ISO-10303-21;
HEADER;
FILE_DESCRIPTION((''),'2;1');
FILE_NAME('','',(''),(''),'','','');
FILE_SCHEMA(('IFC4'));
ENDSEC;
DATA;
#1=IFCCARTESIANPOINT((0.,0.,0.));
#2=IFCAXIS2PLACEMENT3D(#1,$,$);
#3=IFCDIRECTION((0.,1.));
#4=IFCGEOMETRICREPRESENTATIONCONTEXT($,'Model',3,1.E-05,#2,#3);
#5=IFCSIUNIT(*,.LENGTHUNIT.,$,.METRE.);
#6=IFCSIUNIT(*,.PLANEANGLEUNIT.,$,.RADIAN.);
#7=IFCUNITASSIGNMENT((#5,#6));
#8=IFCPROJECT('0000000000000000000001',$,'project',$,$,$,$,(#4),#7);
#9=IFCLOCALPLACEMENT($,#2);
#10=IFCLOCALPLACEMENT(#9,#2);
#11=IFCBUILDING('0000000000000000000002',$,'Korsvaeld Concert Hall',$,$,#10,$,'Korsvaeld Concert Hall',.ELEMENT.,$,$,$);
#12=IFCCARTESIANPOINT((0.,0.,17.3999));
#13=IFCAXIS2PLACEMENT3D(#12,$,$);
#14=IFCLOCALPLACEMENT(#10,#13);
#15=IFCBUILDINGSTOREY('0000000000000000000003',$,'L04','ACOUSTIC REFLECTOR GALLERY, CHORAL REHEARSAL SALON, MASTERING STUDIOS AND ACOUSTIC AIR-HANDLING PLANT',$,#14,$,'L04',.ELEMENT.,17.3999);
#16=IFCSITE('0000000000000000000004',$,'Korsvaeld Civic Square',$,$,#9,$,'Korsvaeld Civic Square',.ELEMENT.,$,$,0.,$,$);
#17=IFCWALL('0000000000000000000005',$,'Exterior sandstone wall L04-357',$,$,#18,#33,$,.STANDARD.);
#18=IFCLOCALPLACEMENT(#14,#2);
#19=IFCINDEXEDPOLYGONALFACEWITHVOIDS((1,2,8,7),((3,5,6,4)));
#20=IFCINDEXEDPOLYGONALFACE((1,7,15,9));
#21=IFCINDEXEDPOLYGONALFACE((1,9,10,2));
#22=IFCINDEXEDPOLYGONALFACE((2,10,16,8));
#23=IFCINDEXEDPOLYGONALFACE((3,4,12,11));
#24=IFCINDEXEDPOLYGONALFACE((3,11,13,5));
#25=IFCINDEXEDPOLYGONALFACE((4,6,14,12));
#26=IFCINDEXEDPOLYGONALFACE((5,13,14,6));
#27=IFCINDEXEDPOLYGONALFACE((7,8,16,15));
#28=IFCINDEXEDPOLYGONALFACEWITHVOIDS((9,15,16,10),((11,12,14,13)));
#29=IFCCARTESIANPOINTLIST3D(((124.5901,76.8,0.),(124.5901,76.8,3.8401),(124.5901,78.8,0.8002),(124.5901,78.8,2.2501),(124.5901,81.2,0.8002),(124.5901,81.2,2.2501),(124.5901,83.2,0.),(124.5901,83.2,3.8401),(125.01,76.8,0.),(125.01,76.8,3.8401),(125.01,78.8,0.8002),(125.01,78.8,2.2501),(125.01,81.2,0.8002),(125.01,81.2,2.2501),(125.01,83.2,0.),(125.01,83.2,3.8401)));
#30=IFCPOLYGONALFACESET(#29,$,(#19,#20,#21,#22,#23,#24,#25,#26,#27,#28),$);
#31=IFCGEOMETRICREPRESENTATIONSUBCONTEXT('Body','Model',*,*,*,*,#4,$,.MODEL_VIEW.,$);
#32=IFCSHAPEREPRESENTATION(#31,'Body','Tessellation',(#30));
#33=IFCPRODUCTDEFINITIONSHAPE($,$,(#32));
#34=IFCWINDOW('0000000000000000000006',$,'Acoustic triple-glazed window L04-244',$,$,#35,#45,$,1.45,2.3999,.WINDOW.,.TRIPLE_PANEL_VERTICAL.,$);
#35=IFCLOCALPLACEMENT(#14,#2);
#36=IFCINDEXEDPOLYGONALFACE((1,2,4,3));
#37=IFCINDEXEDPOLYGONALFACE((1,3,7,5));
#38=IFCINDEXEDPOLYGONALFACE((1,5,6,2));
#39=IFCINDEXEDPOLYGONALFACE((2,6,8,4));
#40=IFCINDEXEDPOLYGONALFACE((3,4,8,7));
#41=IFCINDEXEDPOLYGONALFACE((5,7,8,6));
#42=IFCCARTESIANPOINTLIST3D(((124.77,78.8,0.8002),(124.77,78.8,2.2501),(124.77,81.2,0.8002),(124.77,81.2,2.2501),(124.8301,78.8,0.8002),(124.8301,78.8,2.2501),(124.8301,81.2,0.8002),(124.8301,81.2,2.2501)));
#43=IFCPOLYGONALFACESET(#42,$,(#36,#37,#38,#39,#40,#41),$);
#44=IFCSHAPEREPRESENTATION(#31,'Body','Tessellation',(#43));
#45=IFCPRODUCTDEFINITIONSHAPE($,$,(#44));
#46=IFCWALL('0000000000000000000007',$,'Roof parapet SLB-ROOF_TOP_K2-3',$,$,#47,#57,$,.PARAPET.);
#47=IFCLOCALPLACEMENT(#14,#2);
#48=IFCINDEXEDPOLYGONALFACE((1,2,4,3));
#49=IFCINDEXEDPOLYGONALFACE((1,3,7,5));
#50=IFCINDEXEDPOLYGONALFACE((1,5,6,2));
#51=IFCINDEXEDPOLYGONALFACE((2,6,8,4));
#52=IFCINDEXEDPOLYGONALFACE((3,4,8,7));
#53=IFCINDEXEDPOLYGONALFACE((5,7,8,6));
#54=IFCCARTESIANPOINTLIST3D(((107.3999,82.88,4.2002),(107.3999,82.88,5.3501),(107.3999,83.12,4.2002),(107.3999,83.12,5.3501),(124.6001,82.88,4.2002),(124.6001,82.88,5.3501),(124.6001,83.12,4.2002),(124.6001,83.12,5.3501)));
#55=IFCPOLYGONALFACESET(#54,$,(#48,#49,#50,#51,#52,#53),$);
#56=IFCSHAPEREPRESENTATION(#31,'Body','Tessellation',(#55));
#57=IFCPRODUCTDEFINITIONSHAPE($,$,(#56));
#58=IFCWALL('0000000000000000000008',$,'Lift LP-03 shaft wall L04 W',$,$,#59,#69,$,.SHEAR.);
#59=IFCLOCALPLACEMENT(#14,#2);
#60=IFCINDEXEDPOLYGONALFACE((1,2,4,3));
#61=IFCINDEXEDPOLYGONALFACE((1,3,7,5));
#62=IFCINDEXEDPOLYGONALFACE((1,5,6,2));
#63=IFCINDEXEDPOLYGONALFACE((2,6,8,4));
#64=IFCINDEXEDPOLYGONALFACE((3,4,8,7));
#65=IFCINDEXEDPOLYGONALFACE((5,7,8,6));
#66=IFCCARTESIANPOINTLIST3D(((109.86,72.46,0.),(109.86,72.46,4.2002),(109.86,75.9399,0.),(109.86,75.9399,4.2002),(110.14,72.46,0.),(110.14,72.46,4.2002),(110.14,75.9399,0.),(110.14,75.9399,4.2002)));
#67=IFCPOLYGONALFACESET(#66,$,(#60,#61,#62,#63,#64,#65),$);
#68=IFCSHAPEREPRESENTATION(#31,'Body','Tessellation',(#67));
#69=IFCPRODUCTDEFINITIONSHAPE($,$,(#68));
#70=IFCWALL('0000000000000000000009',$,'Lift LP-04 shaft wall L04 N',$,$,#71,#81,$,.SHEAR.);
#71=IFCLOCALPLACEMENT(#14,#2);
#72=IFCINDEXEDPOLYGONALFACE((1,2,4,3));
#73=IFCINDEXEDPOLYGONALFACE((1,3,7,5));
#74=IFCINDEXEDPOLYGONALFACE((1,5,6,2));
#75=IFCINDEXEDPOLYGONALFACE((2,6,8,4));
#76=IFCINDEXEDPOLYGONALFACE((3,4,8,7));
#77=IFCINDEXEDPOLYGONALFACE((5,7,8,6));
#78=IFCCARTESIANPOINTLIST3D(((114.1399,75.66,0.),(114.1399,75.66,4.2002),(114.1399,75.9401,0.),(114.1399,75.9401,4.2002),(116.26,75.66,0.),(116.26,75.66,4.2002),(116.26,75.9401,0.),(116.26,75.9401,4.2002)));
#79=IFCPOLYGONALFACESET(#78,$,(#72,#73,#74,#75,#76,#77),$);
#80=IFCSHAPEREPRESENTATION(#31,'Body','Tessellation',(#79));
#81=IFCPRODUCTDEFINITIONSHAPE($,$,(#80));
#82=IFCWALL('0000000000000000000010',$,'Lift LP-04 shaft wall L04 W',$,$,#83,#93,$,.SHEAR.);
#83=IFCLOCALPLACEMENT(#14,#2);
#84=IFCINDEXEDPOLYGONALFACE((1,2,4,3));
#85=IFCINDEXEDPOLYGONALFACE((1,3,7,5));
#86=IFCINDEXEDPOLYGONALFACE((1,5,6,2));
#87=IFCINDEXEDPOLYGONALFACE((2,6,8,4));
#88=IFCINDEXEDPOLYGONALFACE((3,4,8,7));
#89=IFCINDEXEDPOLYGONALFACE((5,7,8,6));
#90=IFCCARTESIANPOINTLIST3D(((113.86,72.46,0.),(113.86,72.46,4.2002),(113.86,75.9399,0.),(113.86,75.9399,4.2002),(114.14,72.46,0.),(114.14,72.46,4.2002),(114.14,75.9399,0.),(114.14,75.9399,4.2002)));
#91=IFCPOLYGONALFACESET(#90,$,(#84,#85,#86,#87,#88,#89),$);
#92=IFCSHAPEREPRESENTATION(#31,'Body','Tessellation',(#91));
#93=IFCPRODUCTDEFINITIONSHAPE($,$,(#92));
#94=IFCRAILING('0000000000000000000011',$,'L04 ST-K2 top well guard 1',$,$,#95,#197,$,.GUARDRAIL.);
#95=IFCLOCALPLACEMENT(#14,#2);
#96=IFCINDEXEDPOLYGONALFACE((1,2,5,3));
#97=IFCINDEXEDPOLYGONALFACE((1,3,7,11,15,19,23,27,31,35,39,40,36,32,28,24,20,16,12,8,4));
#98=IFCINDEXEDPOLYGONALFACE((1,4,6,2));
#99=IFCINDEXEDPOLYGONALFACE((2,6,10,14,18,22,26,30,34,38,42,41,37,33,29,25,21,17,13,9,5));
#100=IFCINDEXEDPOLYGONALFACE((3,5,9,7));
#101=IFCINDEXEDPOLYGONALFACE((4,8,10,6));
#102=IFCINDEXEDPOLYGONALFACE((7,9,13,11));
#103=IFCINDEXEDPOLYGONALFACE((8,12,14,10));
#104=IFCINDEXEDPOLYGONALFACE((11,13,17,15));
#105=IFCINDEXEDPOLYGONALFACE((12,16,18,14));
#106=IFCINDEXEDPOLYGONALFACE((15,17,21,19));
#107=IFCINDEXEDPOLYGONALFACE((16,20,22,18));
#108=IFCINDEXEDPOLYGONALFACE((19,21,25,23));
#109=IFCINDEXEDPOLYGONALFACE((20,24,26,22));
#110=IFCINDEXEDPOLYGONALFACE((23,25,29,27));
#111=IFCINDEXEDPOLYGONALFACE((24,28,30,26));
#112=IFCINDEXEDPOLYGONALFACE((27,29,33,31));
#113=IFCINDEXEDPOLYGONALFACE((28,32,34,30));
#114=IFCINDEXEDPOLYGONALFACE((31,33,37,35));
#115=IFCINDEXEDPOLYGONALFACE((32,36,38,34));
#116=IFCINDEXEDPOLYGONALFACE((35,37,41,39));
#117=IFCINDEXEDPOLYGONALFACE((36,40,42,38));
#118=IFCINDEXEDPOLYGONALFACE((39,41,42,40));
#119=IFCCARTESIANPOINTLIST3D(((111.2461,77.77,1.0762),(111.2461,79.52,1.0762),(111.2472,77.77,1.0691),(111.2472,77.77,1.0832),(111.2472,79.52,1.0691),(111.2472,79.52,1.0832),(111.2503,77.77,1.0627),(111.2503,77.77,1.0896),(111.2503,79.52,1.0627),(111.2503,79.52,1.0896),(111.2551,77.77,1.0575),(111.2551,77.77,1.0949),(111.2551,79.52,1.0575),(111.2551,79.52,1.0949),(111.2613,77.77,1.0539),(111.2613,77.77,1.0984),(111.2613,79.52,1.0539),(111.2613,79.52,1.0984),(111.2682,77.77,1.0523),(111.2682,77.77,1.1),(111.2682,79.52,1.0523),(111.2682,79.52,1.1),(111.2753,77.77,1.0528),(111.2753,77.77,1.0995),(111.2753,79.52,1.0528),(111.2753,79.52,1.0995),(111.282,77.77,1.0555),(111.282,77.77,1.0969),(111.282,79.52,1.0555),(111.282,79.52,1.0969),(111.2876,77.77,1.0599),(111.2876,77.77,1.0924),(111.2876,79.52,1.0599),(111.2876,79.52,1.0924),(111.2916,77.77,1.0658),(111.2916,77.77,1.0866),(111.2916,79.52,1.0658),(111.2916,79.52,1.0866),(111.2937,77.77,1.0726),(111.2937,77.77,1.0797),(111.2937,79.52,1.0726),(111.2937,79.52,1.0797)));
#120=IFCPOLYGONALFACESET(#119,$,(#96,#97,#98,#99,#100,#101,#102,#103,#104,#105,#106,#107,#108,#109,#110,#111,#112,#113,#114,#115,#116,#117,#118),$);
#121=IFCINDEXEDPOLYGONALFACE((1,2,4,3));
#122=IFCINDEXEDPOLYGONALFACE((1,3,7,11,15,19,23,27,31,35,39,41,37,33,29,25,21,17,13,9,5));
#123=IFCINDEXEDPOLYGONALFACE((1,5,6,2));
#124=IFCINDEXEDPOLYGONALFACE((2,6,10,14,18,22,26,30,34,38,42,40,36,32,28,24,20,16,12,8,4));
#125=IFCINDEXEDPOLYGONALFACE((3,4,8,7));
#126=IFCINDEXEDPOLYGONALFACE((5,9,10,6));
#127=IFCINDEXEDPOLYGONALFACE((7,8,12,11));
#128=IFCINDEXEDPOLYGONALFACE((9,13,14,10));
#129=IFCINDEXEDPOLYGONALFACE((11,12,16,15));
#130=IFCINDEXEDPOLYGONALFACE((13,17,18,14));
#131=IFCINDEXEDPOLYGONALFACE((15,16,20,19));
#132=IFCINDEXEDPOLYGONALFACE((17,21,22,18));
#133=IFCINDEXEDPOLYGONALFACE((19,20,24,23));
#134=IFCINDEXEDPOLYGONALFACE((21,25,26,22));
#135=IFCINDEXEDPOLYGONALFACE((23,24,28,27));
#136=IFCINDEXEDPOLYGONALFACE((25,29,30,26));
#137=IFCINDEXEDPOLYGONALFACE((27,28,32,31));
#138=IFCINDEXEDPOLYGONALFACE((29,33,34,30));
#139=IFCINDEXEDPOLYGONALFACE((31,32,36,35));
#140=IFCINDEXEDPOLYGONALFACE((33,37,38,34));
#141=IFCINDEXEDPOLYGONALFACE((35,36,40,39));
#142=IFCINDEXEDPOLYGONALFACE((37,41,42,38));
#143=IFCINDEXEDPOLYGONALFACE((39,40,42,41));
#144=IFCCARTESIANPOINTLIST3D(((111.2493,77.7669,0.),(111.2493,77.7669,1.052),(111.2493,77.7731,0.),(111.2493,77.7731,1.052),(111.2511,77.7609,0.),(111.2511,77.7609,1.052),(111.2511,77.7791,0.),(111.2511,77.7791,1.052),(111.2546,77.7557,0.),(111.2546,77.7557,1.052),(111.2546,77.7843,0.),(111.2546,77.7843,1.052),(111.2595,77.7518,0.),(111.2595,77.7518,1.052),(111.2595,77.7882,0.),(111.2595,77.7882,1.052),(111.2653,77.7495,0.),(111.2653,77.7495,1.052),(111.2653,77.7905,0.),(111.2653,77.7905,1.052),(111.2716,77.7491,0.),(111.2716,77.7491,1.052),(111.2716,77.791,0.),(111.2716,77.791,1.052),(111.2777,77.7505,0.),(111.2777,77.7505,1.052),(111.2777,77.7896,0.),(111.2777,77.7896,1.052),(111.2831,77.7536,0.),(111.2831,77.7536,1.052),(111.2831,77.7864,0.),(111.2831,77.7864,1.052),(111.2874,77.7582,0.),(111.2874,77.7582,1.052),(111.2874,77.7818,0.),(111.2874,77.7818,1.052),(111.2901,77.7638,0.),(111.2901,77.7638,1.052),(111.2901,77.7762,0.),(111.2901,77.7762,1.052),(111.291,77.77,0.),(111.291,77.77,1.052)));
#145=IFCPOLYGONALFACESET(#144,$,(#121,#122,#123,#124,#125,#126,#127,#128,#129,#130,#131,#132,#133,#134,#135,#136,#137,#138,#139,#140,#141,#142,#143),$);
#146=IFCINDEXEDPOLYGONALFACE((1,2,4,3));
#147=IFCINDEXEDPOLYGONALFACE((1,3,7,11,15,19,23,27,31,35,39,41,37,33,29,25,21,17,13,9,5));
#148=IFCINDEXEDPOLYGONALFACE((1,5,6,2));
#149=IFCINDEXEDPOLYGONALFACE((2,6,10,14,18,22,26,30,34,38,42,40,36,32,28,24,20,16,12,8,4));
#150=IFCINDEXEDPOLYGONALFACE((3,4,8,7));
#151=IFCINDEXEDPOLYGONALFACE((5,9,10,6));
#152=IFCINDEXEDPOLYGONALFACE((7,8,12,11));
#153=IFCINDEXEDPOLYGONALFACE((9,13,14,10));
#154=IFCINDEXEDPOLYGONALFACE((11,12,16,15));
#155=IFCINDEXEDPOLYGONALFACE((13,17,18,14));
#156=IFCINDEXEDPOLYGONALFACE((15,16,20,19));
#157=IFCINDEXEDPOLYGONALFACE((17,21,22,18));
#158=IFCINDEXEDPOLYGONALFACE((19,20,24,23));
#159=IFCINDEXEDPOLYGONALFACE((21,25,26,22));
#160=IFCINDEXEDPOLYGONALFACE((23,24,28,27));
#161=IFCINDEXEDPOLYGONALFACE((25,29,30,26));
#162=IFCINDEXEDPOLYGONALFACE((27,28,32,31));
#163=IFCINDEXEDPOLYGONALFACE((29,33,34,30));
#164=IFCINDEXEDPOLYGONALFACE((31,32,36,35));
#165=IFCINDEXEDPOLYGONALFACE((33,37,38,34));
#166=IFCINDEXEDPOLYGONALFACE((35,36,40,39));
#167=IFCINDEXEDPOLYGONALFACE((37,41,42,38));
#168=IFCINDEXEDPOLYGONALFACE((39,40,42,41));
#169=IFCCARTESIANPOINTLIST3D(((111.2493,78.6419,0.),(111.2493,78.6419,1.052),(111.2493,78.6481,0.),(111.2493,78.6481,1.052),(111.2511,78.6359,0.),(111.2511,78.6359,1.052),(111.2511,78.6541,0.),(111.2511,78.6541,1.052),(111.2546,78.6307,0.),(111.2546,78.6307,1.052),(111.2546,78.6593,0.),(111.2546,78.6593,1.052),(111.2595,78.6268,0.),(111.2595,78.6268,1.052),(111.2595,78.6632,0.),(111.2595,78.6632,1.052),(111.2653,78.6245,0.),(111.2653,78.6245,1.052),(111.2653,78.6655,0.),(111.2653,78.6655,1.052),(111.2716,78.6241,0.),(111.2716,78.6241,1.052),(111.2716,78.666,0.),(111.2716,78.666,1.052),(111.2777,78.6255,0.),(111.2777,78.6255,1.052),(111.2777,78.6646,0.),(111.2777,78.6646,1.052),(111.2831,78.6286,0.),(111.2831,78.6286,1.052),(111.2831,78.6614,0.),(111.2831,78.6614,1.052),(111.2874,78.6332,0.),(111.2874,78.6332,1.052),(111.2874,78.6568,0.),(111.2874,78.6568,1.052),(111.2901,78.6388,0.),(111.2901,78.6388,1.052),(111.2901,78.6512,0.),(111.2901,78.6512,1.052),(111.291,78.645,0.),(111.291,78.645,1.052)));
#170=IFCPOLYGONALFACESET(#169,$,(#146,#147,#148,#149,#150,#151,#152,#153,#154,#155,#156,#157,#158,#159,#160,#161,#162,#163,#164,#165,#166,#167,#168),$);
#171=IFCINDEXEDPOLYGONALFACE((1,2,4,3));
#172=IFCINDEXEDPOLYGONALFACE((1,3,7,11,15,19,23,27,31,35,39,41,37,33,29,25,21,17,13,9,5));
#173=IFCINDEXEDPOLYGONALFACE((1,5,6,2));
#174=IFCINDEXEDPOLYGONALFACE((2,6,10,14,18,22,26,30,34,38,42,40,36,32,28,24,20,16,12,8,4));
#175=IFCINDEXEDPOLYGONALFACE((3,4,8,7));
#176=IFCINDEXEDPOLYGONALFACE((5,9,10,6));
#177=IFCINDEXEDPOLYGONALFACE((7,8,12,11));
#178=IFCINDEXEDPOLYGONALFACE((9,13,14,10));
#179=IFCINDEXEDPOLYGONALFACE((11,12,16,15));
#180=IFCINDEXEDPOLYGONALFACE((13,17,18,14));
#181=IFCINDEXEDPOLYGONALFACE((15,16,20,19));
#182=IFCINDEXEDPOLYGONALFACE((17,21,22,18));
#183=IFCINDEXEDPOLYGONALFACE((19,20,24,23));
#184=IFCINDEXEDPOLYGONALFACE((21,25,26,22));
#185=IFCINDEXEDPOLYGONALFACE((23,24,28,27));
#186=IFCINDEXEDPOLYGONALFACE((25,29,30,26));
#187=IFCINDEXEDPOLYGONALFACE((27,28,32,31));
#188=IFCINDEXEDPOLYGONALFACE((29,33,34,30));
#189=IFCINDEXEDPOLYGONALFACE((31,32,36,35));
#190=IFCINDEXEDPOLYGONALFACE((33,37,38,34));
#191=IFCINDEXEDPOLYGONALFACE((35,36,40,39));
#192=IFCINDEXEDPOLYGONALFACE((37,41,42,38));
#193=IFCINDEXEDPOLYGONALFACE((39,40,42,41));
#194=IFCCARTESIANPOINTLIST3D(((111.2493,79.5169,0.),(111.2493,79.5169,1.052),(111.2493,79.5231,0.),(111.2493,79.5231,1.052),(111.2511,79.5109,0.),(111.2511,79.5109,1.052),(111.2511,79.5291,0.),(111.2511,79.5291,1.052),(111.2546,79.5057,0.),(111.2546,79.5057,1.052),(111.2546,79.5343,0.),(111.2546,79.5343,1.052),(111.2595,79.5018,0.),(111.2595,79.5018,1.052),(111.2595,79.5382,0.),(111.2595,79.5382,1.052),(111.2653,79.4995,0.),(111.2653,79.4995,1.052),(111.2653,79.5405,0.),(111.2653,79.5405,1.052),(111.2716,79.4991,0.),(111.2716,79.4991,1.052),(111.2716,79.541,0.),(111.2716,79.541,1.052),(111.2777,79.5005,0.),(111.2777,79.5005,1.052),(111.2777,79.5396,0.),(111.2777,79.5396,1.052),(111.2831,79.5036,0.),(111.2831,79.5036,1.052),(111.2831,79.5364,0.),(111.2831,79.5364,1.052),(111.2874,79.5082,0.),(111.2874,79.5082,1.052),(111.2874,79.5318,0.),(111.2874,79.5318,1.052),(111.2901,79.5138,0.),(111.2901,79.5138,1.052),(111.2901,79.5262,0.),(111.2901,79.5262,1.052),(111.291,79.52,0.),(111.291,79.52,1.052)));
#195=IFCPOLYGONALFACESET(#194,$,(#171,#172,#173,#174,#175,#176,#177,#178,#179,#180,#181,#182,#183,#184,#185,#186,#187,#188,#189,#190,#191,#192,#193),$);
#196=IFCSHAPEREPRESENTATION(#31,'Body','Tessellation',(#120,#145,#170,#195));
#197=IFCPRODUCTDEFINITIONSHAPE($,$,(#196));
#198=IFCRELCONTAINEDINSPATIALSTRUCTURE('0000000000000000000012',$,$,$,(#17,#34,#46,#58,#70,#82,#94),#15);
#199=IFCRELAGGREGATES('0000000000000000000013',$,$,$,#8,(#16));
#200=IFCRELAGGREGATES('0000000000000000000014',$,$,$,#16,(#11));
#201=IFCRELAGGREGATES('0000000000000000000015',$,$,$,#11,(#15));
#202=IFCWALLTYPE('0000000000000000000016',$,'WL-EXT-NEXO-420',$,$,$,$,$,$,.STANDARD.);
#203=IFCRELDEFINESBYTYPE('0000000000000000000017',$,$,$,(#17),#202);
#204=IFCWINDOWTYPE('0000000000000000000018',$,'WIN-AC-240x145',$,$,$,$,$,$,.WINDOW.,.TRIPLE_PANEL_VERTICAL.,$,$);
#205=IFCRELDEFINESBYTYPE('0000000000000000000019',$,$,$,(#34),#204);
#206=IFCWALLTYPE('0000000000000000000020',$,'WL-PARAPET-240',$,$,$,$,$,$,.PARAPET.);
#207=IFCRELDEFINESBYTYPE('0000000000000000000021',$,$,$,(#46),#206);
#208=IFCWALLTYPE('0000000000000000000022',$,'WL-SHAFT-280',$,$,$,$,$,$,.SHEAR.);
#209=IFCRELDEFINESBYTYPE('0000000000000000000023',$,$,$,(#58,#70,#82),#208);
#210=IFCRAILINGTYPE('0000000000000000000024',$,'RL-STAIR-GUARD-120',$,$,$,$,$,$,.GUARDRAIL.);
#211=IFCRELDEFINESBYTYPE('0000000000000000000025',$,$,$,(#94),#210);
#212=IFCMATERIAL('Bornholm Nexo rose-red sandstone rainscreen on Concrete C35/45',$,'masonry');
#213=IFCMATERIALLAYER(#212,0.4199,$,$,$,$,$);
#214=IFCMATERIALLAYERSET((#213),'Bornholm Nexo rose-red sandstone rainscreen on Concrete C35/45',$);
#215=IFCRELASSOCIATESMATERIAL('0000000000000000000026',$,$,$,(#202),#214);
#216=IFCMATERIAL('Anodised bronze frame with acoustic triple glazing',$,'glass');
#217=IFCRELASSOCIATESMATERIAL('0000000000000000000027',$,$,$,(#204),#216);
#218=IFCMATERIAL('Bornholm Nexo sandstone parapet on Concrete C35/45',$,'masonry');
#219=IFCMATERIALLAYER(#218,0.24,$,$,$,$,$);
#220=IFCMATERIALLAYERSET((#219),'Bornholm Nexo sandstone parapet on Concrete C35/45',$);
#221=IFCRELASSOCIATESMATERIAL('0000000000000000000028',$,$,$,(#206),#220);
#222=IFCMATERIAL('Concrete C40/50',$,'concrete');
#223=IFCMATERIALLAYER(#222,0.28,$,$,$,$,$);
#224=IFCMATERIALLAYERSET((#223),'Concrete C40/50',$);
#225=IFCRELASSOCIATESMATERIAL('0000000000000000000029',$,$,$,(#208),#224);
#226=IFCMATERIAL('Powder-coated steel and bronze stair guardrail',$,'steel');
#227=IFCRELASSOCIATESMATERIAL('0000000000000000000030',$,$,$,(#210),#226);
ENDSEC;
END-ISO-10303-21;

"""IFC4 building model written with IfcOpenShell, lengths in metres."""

from ifc_helpers import new_model, si_unit, direction, frame, frame_2d, origin, origin_2d, place, context, subcontext, project, spatial, rectangle, circle, extrude, material, layer, layer_set, type_object, element, fill, save


model = new_model("IFC4")

# Units and contexts
model_context = context("Model", 3, precision=1e-05, world=origin(), true_north=direction((0.0, 1.0)))
body_context = subcontext(model_context, "Body", "Model", "MODEL_VIEW")
ifc_project = project(units=[si_unit("LENGTHUNIT", "METRE"), si_unit("PLANEANGLEUNIT", "RADIAN")], contexts=[model_context])

# Site, building, storey
site_placement = place(None, origin())
site = spatial("IfcSite", under=ifc_project, at=site_placement, Name="Korsvaeld Civic Square", LongName="Korsvaeld Civic Square", CompositionType="ELEMENT", RefElevation=0.0)
building_placement = place(site_placement, origin())
building = spatial("IfcBuilding", under=site, at=building_placement, Name="Korsvaeld Concert Hall", LongName="Korsvaeld Concert Hall", CompositionType="ELEMENT")
storey_placement = place(building_placement, frame((0.0, 0.0, 17.3999)))
storey = spatial("IfcBuildingStorey", under=building, at=storey_placement, Name="L04", Description="ACOUSTIC REFLECTOR GALLERY, CHORAL REHEARSAL SALON, MASTERING STUDIOS AND ACOUSTIC AIR-HANDLING PLANT", LongName="L04", CompositionType="ELEMENT", Elevation=17.3999)

# Shared definitions
ifc_material_1 = material(Name="Concrete C40/50", Category="concrete")

# Wall, opening, window
ifc_material_2 = material(Name="Anodised bronze frame with acoustic triple glazing", Category="glass")
ifc_material_3 = material(Name="Bornholm Nexo rose-red sandstone rainscreen on Concrete C35/45", Category="masonry")
ifc_layer_1 = layer(ifc_material_3, 0.4199)
ifc_layer_set_1 = layer_set([ifc_layer_1], Name="Bornholm Nexo rose-red sandstone rainscreen on Concrete C35/45")
wall_type_1 = type_object("IfcWallType", Name="WL-EXT-NEXO-420", PredefinedType="STANDARD", material=ifc_layer_set_1)
wall_1_placement = place(storey_placement, frame((124.8, 83.2, 0.0), z_axis=(0.0, 0.0, 1.0), x_axis=(0.0, -1.0, 0.0)))
wall_1 = element("IfcWall", 1, at=wall_1_placement, inside=storey, type_object=wall_type_1, Name="Exterior sandstone wall L04-357", PredefinedType="STANDARD", context=body_context, shape_type="SweptSolid", body=[
    extrude(rectangle(XDim=6.3999, YDim=0.4199, at=frame_2d((3.2, 0.0))), origin(), (0.0, 0.0, 1.0), 3.8401),
])
opening_1_placement = place(wall_1_placement, frame((2.0, 0.0, 0.8)))
opening_1 = element("IfcOpeningElement", 2, at=opening_1_placement, cuts=wall_1, PredefinedType="OPENING", context=body_context, shape_type="SweptSolid", body=[
    extrude(rectangle(XDim=2.3999, YDim=1.45, at=frame_2d((1.2, 0.7251))), frame((0.0, 0.22, 0.0), z_axis=(0.0, -1.0, 0.0), x_axis=(1.0, 0.0, 0.0)), (0.0, 0.0, 1.0), 0.4399),
])
window_type_1 = type_object("IfcWindowType", Name="WIN-AC-240x145", PartitioningType="TRIPLE_PANEL_VERTICAL", PredefinedType="WINDOW", material=ifc_material_2)
window_1_placement = place(opening_1_placement, origin())
window_1 = element("IfcWindow", 3, at=window_1_placement, inside=storey, type_object=window_type_1, Name="Acoustic triple-glazed window L04-244", OverallHeight=1.45, OverallWidth=2.3999, PartitioningType="TRIPLE_PANEL_VERTICAL", PredefinedType="WINDOW", context=body_context, shape_type="SweptSolid", body=[
    extrude(rectangle(XDim=2.3999, YDim=1.45, at=frame_2d((1.2, 0.7251))), frame((0.0, 0.03, 0.0), z_axis=(0.0, -1.0, 0.0), x_axis=(1.0, 0.0, 0.0)), (0.0, 0.0, 1.0), 0.0601),
])
fill(opening_1, window_1)

# Walls
ifc_material_4 = material(Name="Bornholm Nexo sandstone parapet on Concrete C35/45", Category="masonry")
ifc_layer_2 = layer(ifc_material_4, 0.24)
ifc_layer_set_2 = layer_set([ifc_layer_2], Name="Bornholm Nexo sandstone parapet on Concrete C35/45")
wall_type_2 = type_object("IfcWallType", Name="WL-PARAPET-240", PredefinedType="PARAPET", material=ifc_layer_set_2)
wall_2_placement = place(storey_placement, frame((124.6001, 83.0, 4.2002), z_axis=(0.0, 0.0, 1.0), x_axis=(-1.0, 0.0, 0.0)))
element("IfcWall", 4, at=wall_2_placement, inside=storey, type_object=wall_type_2, Name="Roof parapet SLB-ROOF_TOP_K2-3", PredefinedType="PARAPET", context=body_context, shape_type="SweptSolid", body=[
    extrude(rectangle(XDim=17.2002, YDim=0.24, at=frame_2d((8.6001, 0.0))), origin(), (0.0, 0.0, 1.0), 1.1499),
])
ifc_layer_3 = layer(ifc_material_1, 0.28)
ifc_layer_set_3 = layer_set([ifc_layer_3], Name="Concrete C40/50")
wall_type_3 = type_object("IfcWallType", Name="WL-SHAFT-280", PredefinedType="SHEAR", material=ifc_layer_set_3)
wall_3_placement = place(storey_placement, frame((110.0, 75.9399, 0.0), z_axis=(0.0, 0.0, 1.0), x_axis=(0.0, -1.0, 0.0)))
element("IfcWall", 5, at=wall_3_placement, inside=storey, type_object=wall_type_3, Name="Lift LP-03 shaft wall L04 W", PredefinedType="SHEAR", context=body_context, shape_type="SweptSolid", body=[
    extrude(rectangle(XDim=3.48, YDim=0.28, at=frame_2d((1.74, 0.0))), origin(), (0.0, 0.0, 1.0), 4.2002),
])
wall_4_placement = place(storey_placement, frame((116.26, 75.8, 0.0), z_axis=(0.0, 0.0, 1.0), x_axis=(-1.0, 0.0, 0.0)))
element("IfcWall", 6, at=wall_4_placement, inside=storey, type_object=wall_type_3, Name="Lift LP-04 shaft wall L04 N", PredefinedType="SHEAR", context=body_context, shape_type="SweptSolid", body=[
    extrude(rectangle(XDim=2.1201, YDim=0.28, at=frame_2d((1.0601, 0.0))), origin(), (0.0, 0.0, 1.0), 4.2002),
])
wall_5_placement = place(storey_placement, frame((114.0, 75.9399, 0.0), z_axis=(0.0, 0.0, 1.0), x_axis=(0.0, -1.0, 0.0)))
element("IfcWall", 7, at=wall_5_placement, inside=storey, type_object=wall_type_3, Name="Lift LP-04 shaft wall L04 W", PredefinedType="SHEAR", context=body_context, shape_type="SweptSolid", body=[
    extrude(rectangle(XDim=3.48, YDim=0.28, at=frame_2d((1.74, 0.0))), origin(), (0.0, 0.0, 1.0), 4.2002),
])

# Railing
ifc_material_5 = material(Name="Powder-coated steel and bronze stair guardrail", Category="steel")
railing_type_1 = type_object("IfcRailingType", Name="RL-STAIR-GUARD-120", PredefinedType="GUARDRAIL", material=ifc_material_5)
railing_1_placement = place(storey_placement, frame((111.27, 77.77, 0.0)))
element("IfcRailing", 8, at=railing_1_placement, inside=storey, type_object=railing_type_1, Name="L04 ST-K2 top well guard 1", PredefinedType="GUARDRAIL", context=body_context, shape_type="SweptSolid", body=[
    extrude(circle(Radius=0.0239, at=origin_2d()), frame((0.0, 0.0, 1.0762), z_axis=(0.0, 1.0, 0.0), x_axis=(-1.0, 0.0, 0.0)), (0.0, 0.0, 1.0), 1.75),
    extrude(circle(Radius=0.021, at=origin_2d()), origin(), (0.0, 0.0, 1.0), 1.052),
    extrude(circle(Radius=0.021, at=origin_2d()), frame((0.0, 0.875, 0.0)), (0.0, 0.0, 1.0), 1.052),
    extrude(circle(Radius=0.021, at=origin_2d()), frame((0.0, 1.75, 0.0)), (0.0, 0.0, 1.0), 1.052),
])

save(model, "model.ifc")
